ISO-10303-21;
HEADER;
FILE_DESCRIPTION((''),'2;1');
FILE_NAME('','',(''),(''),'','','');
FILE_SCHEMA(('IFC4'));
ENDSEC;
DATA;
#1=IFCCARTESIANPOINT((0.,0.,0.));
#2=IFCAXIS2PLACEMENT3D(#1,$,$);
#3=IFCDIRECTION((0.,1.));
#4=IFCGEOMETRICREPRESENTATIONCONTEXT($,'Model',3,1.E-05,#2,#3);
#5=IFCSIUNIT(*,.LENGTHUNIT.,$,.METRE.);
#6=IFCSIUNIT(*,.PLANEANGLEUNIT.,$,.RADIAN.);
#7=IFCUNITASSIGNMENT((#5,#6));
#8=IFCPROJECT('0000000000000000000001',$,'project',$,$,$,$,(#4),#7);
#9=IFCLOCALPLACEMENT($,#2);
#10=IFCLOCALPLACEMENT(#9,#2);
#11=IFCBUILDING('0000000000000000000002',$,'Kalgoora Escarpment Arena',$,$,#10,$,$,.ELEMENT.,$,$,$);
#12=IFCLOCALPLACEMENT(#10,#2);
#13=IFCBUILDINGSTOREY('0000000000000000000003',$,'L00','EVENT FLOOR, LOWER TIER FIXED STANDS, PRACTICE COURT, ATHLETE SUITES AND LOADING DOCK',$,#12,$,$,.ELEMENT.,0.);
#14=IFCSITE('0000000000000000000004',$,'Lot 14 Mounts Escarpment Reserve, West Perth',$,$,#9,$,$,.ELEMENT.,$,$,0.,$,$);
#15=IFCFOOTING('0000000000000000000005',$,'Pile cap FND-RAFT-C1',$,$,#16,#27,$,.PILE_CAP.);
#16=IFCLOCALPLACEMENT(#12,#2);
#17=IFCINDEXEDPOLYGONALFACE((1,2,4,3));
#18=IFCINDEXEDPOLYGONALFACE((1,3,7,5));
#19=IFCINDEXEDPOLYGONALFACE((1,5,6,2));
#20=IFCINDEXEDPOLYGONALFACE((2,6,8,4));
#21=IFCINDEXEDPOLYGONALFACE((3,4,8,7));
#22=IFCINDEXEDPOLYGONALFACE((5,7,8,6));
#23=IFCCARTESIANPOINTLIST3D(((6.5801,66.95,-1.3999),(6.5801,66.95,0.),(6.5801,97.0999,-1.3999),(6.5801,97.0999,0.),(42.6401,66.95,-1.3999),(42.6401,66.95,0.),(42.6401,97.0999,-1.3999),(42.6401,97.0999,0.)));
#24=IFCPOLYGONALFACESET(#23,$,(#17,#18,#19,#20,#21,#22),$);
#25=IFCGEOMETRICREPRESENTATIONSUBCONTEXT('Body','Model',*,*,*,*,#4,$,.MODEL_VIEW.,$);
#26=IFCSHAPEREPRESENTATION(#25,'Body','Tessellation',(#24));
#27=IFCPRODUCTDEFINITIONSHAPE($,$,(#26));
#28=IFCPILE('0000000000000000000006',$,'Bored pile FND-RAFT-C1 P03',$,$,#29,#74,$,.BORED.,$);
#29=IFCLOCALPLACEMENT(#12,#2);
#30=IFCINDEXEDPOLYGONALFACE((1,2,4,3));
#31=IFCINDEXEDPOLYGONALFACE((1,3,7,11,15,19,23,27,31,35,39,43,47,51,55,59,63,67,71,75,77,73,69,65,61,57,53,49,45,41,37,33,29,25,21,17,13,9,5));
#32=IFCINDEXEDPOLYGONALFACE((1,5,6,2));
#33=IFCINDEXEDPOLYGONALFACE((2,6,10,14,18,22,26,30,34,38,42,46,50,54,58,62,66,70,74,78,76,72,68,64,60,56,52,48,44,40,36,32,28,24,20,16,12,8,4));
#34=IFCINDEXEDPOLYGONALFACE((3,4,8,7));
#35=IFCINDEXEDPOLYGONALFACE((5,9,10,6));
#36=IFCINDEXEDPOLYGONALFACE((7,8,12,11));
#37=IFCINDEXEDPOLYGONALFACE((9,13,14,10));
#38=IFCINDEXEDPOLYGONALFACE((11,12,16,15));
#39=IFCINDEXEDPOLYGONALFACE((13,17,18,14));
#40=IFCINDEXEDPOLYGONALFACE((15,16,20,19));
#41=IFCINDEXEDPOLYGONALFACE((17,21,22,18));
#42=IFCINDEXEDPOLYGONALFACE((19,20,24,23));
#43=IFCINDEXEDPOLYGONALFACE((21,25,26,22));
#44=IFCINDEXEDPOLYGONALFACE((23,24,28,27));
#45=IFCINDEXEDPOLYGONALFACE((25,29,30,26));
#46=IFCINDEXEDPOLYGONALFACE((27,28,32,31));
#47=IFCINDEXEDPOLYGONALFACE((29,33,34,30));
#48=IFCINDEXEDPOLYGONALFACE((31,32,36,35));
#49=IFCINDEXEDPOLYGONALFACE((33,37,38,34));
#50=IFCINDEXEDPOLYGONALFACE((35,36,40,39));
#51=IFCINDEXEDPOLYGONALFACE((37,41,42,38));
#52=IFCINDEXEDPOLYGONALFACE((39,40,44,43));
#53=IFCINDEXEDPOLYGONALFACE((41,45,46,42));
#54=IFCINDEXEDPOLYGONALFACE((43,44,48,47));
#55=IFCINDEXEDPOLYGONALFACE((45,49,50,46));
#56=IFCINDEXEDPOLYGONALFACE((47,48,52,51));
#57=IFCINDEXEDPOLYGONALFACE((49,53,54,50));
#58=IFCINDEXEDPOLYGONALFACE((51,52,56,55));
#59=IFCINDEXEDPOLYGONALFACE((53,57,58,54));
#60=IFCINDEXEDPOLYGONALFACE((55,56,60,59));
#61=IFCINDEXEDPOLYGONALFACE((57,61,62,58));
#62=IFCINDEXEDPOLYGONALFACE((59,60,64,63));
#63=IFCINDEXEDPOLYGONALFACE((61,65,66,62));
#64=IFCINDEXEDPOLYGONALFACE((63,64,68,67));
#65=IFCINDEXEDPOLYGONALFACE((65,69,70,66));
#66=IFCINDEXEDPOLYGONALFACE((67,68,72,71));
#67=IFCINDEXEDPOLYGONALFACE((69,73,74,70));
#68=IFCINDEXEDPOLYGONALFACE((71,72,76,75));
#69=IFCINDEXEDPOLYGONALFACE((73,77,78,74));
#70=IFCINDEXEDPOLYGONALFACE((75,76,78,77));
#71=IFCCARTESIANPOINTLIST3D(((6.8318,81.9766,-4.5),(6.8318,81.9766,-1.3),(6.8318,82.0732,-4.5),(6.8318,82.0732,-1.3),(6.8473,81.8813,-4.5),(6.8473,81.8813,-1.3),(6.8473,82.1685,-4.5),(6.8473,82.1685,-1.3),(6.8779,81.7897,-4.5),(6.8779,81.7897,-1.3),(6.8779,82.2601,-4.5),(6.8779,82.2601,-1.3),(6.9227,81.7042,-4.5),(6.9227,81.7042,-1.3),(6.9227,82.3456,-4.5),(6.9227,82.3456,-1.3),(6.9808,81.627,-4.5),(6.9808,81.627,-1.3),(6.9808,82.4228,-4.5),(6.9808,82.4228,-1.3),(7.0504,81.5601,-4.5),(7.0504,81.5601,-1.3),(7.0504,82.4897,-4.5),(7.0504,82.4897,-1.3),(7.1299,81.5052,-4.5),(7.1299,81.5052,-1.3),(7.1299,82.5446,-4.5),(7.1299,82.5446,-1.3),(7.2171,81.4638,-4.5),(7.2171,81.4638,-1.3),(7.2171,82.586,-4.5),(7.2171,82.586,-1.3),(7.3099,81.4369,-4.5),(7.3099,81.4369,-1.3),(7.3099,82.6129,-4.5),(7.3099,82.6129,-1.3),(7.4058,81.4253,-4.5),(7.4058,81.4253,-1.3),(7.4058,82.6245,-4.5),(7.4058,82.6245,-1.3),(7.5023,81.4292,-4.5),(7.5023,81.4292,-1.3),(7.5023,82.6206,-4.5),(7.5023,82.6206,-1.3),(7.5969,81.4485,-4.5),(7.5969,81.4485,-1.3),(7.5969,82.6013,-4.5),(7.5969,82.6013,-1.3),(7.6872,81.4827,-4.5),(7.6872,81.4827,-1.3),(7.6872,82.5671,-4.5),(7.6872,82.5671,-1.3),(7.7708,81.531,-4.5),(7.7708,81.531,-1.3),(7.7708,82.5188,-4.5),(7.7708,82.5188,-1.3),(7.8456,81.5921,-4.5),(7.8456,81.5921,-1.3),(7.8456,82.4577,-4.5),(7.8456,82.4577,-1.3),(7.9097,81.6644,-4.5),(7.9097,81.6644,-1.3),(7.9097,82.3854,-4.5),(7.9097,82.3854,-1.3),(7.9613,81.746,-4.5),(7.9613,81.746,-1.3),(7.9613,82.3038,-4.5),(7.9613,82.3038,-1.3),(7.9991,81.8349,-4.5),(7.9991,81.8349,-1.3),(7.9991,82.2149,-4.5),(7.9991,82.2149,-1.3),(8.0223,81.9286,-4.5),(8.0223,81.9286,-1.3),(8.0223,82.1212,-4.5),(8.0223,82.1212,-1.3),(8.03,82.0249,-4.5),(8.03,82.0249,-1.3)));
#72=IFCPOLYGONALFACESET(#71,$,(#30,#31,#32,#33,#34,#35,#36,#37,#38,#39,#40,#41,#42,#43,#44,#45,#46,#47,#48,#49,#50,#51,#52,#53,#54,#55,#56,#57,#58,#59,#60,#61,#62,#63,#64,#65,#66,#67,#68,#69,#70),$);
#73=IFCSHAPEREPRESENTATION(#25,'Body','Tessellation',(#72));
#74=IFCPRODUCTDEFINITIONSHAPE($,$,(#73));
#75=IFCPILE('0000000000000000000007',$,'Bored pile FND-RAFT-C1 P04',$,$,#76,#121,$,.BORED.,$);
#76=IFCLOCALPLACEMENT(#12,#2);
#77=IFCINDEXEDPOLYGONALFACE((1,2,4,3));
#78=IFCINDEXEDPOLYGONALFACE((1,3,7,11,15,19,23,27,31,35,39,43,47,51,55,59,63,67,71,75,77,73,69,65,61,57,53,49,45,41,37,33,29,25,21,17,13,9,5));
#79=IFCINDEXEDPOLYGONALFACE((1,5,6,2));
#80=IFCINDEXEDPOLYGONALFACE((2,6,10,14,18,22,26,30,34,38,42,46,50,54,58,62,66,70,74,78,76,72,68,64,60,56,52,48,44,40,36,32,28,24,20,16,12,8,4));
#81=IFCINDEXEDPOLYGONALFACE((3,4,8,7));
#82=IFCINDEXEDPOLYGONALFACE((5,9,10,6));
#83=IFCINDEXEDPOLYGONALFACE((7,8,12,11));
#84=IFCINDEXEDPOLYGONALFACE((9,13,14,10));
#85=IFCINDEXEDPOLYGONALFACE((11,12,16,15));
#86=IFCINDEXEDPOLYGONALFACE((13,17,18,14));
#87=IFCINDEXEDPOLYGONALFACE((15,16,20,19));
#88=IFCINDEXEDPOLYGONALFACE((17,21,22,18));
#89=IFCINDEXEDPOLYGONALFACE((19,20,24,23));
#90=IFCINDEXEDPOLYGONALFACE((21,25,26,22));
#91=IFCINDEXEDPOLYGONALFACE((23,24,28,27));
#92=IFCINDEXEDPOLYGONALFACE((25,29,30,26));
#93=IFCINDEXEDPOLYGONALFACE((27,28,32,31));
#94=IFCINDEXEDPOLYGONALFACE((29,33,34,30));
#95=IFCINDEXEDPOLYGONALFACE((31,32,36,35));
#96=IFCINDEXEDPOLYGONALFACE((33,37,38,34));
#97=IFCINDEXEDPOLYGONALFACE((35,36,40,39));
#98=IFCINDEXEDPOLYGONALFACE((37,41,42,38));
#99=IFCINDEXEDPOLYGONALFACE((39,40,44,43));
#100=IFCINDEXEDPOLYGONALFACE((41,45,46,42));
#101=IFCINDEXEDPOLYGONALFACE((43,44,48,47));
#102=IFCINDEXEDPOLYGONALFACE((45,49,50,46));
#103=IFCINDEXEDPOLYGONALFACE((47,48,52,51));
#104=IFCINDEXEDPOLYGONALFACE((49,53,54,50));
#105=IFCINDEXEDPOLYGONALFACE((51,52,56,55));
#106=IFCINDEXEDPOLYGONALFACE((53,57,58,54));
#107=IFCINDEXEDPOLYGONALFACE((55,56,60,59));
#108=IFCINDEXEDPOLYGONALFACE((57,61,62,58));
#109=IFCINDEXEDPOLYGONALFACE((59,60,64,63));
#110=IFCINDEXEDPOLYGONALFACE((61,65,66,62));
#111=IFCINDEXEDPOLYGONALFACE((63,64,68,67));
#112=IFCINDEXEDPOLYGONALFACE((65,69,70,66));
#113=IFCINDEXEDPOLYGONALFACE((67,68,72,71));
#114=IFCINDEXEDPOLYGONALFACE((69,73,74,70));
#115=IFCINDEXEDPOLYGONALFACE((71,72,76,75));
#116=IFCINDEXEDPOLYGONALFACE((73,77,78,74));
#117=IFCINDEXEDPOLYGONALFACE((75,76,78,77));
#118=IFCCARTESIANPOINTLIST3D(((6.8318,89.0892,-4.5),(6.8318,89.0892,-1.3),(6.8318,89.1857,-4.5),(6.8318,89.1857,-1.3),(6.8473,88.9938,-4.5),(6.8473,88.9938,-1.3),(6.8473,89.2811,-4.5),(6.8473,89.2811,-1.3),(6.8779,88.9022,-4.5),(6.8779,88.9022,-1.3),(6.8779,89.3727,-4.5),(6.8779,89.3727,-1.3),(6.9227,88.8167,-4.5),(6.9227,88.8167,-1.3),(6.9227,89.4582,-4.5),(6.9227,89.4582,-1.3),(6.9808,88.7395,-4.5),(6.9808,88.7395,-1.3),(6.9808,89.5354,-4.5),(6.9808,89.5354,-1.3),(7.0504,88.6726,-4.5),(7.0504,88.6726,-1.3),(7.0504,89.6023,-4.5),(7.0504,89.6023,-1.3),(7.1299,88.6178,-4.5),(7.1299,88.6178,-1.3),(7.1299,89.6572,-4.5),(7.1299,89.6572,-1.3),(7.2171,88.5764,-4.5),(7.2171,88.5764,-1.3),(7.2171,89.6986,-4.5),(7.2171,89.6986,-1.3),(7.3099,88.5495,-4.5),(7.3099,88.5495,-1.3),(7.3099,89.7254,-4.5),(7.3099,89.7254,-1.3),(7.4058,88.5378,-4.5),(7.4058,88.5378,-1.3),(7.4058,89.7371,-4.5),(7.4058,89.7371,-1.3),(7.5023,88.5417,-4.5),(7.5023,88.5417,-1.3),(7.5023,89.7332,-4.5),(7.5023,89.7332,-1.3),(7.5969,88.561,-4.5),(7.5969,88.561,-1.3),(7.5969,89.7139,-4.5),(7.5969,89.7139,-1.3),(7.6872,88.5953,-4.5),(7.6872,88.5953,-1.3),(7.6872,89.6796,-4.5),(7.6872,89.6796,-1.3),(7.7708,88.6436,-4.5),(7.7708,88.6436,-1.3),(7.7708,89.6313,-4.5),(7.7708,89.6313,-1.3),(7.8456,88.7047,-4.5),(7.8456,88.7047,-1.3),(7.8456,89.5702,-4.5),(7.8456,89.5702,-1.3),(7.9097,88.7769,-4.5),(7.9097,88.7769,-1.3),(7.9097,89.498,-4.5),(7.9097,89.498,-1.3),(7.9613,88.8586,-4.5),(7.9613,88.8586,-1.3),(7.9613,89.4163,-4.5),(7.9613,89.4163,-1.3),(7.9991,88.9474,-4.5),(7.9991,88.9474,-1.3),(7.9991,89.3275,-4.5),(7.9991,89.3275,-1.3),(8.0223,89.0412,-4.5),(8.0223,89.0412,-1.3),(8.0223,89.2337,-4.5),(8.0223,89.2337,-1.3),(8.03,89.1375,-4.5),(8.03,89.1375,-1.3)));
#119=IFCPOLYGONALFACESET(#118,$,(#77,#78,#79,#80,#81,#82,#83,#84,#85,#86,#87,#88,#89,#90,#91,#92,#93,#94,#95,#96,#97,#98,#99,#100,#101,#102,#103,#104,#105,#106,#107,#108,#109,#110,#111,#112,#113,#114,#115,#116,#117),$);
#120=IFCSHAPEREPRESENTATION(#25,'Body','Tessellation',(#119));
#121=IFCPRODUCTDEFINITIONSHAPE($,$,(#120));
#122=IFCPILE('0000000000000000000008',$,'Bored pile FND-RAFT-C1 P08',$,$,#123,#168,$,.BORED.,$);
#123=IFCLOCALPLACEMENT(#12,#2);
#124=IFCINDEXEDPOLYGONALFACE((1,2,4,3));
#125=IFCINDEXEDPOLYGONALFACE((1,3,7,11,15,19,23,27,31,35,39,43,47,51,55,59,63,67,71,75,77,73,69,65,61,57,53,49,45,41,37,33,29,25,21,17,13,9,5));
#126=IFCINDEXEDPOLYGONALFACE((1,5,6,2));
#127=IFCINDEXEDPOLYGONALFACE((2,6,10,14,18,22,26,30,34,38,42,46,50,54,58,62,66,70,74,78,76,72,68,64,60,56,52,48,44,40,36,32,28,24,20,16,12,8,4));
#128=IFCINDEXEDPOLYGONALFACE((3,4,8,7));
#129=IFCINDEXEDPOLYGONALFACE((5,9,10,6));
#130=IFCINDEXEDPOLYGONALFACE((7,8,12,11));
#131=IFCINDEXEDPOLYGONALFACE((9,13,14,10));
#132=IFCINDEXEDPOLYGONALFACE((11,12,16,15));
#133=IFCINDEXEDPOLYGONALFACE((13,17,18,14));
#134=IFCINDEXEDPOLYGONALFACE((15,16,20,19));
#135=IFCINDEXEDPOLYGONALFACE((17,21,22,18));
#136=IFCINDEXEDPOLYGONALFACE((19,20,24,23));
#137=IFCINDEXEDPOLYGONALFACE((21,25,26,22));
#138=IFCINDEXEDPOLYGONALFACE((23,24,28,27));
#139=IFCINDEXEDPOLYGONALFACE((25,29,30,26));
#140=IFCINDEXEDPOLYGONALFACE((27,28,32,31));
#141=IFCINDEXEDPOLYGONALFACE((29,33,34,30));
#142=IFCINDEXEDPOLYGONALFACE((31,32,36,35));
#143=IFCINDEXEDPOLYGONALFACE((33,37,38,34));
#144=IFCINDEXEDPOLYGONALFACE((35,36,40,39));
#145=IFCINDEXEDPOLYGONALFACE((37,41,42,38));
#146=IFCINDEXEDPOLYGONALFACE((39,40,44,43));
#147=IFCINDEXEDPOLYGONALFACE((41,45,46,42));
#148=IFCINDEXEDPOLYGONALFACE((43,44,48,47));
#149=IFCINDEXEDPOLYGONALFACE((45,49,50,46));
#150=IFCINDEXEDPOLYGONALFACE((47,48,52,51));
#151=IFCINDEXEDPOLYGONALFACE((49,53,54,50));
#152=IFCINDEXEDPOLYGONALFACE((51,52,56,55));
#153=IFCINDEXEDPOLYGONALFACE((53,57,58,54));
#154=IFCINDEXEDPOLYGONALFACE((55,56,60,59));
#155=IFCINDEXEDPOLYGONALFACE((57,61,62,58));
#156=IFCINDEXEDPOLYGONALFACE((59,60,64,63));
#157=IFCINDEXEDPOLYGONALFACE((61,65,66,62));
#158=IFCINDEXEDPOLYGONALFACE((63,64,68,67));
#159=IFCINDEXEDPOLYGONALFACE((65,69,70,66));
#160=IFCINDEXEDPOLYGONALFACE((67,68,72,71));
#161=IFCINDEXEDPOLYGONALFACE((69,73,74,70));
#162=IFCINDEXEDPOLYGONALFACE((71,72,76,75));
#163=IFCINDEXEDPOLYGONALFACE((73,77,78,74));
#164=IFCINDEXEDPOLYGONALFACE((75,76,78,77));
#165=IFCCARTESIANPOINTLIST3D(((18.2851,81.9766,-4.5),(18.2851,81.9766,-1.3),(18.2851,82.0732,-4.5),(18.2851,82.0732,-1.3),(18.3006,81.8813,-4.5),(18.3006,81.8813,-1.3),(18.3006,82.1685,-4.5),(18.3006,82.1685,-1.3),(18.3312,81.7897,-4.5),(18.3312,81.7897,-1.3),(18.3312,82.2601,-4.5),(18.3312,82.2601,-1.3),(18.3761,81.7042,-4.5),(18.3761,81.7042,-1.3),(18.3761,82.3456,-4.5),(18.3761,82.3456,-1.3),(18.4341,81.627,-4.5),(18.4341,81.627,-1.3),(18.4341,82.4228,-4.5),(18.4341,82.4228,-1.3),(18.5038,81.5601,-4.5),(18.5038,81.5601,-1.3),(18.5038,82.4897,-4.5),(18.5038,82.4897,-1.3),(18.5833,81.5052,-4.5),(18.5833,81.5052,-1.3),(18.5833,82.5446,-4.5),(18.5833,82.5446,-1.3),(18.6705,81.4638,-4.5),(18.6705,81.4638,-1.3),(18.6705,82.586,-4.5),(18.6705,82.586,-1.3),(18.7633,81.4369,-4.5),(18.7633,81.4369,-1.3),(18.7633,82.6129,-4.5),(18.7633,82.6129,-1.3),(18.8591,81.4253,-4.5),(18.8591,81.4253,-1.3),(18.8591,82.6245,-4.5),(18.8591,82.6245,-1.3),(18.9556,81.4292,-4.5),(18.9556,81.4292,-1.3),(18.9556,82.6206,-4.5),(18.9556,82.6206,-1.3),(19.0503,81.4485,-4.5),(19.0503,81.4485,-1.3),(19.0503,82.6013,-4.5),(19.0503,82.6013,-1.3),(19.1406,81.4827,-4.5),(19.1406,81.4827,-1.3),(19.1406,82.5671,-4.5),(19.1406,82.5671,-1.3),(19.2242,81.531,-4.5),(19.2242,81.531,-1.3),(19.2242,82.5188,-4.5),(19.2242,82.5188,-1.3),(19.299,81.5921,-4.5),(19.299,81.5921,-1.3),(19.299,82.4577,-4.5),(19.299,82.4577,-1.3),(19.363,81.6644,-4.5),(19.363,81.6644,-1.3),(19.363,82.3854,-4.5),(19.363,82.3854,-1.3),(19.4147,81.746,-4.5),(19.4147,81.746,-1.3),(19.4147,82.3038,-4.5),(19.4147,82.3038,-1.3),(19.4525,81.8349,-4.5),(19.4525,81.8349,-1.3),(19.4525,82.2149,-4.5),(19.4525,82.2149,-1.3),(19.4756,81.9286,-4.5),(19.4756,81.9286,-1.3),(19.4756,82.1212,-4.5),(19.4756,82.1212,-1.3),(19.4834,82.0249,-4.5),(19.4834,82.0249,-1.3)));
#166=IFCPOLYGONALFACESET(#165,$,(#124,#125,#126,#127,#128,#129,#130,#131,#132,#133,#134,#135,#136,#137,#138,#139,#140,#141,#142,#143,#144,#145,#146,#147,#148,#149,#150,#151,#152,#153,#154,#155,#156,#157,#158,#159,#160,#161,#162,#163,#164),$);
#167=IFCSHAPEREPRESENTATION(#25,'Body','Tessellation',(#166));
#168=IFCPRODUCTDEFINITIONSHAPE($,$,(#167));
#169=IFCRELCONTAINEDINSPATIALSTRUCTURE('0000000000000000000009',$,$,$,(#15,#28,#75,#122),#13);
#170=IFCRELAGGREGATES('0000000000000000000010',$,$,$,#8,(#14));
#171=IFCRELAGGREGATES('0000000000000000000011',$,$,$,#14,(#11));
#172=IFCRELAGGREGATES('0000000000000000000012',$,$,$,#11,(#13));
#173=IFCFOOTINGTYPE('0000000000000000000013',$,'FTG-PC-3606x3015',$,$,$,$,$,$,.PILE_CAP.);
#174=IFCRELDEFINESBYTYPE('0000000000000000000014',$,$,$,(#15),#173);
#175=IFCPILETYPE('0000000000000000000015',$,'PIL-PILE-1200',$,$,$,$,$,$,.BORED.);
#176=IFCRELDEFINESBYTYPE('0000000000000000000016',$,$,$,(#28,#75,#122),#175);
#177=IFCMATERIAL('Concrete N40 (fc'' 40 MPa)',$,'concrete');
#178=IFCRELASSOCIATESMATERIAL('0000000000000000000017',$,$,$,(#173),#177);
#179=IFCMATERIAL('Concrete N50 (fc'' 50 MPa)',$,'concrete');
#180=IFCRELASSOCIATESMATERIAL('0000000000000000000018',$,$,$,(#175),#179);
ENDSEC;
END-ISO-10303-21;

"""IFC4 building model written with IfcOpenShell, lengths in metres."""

from ifc_helpers import new_model, si_unit, direction, frame, origin, origin_2d, place, context, subcontext, project, spatial, rectangle, circle, extrude, material, material_profile, profile_set, type_object, element, save


model = new_model("IFC4")

# Units and contexts
model_context = context("Model", 3, precision=1e-05, world=origin(), true_north=direction((0.0, 1.0)))
body_context = subcontext(model_context, "Body", "Model", "MODEL_VIEW")
ifc_project = project(units=[si_unit("LENGTHUNIT", "METRE"), si_unit("PLANEANGLEUNIT", "RADIAN")], contexts=[model_context])

# Site, building, storey
site_placement = place(None, origin())
site = spatial("IfcSite", under=ifc_project, at=site_placement, Name="Lot 14 Mounts Escarpment Reserve, West Perth", CompositionType="ELEMENT", RefElevation=0.0)
building_placement = place(site_placement, origin())
building = spatial("IfcBuilding", under=site, at=building_placement, Name="Kalgoora Escarpment Arena", CompositionType="ELEMENT")
storey_placement = place(building_placement, origin())
storey = spatial("IfcBuildingStorey", under=building, at=storey_placement, Name="L00", Description="EVENT FLOOR, LOWER TIER FIXED STANDS, PRACTICE COURT, ATHLETE SUITES AND LOADING DOCK", CompositionType="ELEMENT", Elevation=0.0)

# Footing
ifc_material_1 = material(Name="Concrete N40 (fc' 40 MPa)", Category="concrete")
footing_type = type_object("IfcFootingType", Name="FTG-PC-3606x3015", PredefinedType="PILE_CAP", material=ifc_material_1)
footing_placement = place(storey_placement, frame((24.6101, 82.0249, -1.3999), z_axis=(0.0, 0.0, 1.0), x_axis=(1.0, 0.0, 0.0)))
element("IfcFooting", 1, at=footing_placement, inside=storey, type_object=footing_type, Name="Pile cap FND-RAFT-C1", PredefinedType="PILE_CAP", context=body_context, shape_type="SweptSolid", body=[
    extrude(rectangle(XDim=36.0601, YDim=30.1499, at=origin_2d()), origin(), (0.0, 0.0, 1.0), 1.3999),
])

# Piles
ifc_material_2 = material(Name="Concrete N50 (fc' 50 MPa)", Category="concrete")
ifc_material_profile_1 = material_profile(ifc_material_2, circle(Radius=0.6001, at=origin_2d()))
ifc_profile_set_1 = profile_set([ifc_material_profile_1], Name="Concrete N50 (fc' 50 MPa)")
pile_type = type_object("IfcPileType", Name="PIL-PILE-1200", PredefinedType="BORED", material=ifc_profile_set_1)
for number, where, z_axis, x_axis, name in (
    (2, (7.4299, 82.0249, -1.3), (0.0, 0.0, -1.0), (1.0, 0.0, 0.0), "Bored pile FND-RAFT-C1 P03"),
    (3, (7.4299, 89.1375, -1.3), (0.0, 0.0, -1.0), (1.0, 0.0, 0.0), "Bored pile FND-RAFT-C1 P04"),
    (4, (18.8833, 82.0249, -1.3), (0.0, 0.0, -1.0), (1.0, 0.0, 0.0), "Bored pile FND-RAFT-C1 P08"),
):
    element("IfcPile", number, at=place(storey_placement, frame(where, z_axis=z_axis, x_axis=x_axis)), inside=storey, type_object=pile_type, Name=name, PredefinedType="BORED", context=body_context, shape_type="SweptSolid", body=[
        extrude(circle(Radius=0.6001, at=origin_2d()), origin(), (0.0, 0.0, 1.0), 3.2),
    ])

save(model, "model.ifc")
